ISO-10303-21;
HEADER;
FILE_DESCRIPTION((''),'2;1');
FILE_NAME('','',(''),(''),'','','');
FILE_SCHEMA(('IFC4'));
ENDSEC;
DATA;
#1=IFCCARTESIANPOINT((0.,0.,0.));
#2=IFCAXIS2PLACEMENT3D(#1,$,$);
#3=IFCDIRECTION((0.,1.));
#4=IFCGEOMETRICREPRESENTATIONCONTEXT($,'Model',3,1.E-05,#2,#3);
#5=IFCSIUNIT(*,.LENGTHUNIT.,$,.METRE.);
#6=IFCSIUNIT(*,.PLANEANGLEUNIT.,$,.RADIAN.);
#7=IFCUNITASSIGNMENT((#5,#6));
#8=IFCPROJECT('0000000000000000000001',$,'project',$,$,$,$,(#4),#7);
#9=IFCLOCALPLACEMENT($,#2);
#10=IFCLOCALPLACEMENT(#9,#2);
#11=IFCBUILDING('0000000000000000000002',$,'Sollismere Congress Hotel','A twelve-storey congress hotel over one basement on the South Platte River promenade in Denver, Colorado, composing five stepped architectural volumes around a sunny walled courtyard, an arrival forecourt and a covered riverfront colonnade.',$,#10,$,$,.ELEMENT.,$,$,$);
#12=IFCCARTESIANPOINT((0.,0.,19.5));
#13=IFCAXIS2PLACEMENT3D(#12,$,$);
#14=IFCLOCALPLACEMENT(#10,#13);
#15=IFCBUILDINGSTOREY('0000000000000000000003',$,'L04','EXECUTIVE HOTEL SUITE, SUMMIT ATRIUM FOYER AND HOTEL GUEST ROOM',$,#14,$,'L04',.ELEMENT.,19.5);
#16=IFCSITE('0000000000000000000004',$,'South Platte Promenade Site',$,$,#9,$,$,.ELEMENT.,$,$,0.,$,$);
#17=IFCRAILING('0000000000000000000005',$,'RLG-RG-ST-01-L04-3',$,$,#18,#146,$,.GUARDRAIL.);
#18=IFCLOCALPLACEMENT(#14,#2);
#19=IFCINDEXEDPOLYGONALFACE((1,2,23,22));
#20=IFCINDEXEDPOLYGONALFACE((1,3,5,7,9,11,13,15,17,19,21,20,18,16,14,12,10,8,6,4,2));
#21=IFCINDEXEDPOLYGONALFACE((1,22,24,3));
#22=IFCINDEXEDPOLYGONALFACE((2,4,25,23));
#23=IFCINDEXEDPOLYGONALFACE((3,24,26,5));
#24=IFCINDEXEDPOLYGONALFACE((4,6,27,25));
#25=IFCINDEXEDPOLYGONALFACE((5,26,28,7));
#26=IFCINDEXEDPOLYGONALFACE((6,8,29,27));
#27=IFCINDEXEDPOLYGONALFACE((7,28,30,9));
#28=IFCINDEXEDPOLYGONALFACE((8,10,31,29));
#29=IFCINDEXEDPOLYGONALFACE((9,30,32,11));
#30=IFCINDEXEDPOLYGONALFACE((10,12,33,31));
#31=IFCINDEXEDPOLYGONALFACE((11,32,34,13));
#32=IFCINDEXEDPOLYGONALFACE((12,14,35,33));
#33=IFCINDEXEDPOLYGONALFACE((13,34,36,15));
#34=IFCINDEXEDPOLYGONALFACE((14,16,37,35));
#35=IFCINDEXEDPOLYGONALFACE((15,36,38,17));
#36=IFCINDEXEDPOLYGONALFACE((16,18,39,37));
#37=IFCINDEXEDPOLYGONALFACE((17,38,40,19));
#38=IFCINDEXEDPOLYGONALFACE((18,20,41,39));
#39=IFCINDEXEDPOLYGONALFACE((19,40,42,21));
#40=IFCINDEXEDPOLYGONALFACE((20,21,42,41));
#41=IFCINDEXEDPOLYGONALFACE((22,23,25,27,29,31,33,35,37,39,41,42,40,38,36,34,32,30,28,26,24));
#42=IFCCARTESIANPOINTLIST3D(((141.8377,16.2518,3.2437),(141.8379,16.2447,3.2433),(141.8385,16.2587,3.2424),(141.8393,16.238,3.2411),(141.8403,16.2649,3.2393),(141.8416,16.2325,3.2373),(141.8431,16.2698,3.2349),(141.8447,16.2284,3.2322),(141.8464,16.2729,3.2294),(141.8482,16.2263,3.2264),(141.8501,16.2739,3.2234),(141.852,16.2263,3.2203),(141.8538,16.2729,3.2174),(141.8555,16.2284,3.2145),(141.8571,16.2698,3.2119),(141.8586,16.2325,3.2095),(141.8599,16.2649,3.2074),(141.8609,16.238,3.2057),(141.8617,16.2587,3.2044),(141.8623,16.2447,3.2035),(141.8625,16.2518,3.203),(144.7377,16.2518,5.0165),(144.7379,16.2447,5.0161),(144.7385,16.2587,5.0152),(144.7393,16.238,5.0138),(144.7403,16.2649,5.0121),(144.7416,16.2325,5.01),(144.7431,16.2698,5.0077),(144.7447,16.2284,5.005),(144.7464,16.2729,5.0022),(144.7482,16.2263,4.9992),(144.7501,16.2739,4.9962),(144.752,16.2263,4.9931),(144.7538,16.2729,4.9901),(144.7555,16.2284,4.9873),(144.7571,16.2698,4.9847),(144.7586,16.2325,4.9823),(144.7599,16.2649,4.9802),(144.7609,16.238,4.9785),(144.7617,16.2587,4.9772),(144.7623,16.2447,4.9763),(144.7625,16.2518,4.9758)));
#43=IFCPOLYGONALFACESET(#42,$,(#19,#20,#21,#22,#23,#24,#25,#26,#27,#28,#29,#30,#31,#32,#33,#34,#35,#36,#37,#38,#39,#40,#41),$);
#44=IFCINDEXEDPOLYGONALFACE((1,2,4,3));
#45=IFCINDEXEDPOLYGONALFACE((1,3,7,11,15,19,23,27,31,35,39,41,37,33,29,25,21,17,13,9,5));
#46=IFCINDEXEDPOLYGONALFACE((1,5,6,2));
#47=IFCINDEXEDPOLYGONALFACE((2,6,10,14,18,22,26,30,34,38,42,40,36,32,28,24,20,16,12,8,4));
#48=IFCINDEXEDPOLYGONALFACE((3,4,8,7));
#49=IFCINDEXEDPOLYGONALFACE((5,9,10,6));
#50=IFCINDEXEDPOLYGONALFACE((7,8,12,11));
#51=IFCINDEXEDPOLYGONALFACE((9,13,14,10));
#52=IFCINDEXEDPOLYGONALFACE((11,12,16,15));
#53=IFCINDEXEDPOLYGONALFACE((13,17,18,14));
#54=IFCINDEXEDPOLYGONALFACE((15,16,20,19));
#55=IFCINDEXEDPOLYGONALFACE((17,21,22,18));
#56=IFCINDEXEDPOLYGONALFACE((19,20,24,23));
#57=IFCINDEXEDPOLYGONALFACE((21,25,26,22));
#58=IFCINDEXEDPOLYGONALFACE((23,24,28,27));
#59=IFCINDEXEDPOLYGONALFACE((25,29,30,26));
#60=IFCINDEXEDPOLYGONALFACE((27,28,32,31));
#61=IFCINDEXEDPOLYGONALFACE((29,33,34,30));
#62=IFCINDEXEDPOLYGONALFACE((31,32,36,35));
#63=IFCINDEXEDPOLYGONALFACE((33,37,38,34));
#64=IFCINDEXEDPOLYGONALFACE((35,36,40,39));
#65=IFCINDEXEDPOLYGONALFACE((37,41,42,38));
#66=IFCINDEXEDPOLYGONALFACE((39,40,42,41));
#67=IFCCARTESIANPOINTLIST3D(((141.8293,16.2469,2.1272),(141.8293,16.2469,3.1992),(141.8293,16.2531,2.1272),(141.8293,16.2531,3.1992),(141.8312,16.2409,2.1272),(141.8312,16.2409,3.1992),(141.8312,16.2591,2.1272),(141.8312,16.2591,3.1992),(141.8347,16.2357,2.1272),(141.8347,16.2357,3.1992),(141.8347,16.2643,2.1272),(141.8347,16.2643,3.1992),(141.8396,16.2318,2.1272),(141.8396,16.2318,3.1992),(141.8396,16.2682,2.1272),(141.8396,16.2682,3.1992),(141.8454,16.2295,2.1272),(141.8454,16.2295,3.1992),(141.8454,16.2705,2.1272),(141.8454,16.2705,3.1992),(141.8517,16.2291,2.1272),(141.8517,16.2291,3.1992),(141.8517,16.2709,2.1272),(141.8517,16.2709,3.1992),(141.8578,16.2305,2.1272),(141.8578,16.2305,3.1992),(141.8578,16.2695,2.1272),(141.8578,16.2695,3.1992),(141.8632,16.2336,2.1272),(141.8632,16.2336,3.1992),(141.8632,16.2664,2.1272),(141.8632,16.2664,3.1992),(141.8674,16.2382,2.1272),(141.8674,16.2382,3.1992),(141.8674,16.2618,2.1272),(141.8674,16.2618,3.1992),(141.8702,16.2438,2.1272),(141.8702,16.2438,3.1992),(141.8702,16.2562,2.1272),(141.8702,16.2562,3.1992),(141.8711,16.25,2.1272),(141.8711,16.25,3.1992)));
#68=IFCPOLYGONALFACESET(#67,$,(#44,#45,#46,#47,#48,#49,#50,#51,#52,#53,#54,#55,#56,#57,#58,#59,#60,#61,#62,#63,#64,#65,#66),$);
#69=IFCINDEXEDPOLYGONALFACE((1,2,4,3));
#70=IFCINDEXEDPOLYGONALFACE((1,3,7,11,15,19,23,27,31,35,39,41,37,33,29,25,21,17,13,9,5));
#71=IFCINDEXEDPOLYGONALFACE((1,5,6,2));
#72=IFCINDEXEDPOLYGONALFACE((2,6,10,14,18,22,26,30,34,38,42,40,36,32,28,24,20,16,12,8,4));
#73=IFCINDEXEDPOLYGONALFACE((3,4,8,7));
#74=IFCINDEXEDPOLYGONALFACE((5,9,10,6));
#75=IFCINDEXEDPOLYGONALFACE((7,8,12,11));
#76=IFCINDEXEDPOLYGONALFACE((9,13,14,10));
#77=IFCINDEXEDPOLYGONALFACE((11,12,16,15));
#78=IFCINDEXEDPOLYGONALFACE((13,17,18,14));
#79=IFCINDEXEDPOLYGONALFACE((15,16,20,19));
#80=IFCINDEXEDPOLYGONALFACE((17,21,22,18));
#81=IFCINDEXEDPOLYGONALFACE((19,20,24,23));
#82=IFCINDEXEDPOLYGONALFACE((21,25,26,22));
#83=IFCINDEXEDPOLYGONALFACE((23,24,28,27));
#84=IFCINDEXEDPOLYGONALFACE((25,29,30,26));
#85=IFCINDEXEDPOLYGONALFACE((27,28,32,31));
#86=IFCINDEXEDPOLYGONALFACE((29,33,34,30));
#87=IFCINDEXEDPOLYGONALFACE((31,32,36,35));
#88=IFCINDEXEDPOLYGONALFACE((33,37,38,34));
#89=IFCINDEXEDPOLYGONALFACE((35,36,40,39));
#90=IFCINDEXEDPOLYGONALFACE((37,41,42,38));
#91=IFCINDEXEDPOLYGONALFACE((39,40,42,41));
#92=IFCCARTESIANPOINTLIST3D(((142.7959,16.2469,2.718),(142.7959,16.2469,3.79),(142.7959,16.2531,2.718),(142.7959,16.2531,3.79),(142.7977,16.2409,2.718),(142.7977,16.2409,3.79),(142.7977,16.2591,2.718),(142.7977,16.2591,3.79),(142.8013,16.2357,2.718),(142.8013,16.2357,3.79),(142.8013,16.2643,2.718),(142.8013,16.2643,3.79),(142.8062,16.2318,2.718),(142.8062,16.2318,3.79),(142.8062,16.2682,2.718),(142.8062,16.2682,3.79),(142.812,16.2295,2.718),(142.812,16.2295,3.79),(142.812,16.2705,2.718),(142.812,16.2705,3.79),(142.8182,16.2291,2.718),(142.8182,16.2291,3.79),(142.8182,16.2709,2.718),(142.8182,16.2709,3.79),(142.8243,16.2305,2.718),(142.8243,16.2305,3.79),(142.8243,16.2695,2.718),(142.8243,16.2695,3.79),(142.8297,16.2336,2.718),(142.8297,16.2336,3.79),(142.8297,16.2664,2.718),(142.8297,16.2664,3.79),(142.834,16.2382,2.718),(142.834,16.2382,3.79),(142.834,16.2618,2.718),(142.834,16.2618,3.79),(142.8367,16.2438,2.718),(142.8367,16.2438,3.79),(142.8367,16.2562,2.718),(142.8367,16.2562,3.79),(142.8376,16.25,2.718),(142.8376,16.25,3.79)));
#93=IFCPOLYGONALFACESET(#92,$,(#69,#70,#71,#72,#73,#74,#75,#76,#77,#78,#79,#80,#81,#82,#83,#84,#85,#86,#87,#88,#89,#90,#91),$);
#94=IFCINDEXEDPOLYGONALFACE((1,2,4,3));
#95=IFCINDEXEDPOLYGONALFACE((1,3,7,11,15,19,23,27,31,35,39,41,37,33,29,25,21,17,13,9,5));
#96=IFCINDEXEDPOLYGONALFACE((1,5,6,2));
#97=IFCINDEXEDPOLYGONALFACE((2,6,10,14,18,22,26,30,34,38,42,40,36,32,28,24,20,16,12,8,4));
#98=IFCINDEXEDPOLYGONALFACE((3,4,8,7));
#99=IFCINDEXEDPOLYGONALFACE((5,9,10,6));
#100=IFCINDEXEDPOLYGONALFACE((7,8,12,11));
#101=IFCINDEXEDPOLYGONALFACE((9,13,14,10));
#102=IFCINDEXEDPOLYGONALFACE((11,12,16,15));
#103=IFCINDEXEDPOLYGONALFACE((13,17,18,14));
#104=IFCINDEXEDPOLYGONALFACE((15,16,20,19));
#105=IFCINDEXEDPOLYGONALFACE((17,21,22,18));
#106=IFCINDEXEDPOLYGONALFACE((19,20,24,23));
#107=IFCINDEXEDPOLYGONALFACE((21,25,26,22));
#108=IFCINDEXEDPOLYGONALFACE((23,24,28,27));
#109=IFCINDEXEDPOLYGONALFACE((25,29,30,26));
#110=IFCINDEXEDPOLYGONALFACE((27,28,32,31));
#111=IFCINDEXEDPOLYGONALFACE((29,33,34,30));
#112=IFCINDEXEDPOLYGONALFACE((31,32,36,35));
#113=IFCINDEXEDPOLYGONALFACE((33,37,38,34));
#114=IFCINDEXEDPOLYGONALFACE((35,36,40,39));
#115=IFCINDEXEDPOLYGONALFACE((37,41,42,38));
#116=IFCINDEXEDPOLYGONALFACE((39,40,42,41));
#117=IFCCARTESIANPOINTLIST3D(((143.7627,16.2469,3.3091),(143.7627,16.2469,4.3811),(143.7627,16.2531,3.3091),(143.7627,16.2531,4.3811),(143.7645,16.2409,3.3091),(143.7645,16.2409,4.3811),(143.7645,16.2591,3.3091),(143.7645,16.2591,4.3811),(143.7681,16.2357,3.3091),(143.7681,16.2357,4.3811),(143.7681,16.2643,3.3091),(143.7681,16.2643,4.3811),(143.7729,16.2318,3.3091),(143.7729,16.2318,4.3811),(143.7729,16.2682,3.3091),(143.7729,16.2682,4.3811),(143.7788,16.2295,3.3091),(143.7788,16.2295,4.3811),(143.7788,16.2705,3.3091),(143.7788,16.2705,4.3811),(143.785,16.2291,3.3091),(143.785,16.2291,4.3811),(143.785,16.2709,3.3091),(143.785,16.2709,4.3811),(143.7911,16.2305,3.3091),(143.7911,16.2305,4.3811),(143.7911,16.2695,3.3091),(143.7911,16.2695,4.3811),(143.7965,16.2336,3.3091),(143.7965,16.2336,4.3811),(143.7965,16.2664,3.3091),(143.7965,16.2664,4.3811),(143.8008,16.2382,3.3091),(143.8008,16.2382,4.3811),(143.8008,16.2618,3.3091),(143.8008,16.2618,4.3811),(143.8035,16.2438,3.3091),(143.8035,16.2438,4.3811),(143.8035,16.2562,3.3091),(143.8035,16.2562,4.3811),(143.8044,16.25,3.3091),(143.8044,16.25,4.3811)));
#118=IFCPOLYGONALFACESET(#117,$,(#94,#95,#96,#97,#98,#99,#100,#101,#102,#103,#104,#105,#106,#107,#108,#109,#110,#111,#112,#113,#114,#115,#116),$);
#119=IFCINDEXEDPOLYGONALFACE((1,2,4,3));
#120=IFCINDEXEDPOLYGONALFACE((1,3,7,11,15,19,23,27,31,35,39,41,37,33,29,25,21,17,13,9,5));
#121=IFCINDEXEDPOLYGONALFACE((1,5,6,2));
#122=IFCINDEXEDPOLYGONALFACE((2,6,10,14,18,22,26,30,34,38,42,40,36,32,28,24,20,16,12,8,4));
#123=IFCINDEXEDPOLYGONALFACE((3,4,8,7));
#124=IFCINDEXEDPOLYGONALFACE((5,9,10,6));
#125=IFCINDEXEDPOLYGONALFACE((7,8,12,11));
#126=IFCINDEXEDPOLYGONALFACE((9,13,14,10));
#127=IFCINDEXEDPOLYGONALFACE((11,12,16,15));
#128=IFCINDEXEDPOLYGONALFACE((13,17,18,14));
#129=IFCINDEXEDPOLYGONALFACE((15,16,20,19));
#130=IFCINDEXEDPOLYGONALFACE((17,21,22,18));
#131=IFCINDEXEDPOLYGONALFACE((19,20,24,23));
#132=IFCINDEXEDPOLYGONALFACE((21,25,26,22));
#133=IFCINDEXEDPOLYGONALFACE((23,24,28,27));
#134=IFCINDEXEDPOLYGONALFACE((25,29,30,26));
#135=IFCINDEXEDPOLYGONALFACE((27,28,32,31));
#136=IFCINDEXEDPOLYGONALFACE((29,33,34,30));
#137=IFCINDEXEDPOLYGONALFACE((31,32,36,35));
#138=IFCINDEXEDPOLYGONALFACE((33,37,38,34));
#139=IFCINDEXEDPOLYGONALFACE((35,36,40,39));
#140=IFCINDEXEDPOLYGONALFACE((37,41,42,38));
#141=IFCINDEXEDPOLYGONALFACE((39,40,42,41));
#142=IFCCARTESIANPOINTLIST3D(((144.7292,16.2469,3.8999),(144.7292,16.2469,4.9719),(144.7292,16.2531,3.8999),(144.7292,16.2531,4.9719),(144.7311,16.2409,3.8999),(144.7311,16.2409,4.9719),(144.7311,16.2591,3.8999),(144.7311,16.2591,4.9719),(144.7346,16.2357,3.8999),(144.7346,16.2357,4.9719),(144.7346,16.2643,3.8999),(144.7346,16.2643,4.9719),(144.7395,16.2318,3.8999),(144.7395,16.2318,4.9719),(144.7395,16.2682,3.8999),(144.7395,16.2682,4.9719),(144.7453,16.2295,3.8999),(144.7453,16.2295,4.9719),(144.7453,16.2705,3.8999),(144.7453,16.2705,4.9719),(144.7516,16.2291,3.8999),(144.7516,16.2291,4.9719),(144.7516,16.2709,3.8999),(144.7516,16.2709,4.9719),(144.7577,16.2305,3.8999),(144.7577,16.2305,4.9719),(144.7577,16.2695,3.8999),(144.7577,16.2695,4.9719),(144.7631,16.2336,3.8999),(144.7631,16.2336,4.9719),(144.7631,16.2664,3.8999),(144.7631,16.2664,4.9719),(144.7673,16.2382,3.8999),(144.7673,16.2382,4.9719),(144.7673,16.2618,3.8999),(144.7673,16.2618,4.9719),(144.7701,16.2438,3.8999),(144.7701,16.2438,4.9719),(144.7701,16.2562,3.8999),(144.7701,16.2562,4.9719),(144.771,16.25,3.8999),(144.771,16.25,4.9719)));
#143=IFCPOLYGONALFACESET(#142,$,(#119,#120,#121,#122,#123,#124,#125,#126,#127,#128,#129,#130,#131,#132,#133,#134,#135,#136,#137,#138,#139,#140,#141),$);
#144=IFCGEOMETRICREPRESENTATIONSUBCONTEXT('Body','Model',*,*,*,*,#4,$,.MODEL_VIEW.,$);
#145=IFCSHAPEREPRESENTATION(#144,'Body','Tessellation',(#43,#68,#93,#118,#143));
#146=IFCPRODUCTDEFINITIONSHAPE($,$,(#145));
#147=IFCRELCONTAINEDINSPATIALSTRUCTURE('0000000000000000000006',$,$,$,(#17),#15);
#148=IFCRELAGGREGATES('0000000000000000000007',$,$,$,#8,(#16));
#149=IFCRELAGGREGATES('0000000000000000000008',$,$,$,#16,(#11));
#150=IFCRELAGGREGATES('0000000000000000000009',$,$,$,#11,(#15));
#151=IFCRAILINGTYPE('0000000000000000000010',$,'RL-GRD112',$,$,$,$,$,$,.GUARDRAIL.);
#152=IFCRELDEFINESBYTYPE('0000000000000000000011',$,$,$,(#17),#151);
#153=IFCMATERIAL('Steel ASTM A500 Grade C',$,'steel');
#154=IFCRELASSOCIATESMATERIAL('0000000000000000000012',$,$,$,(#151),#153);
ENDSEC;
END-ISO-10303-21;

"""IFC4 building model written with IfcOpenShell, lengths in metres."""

from ifc_helpers import new_model, si_unit, direction, frame, origin, origin_2d, place, context, subcontext, project, spatial, circle, extrude, material, type_object, element, save


model = new_model("IFC4")

# Units and contexts
model_context = context("Model", 3, precision=1e-05, world=origin(), true_north=direction((0.0, 1.0)))
body_context = subcontext(model_context, "Body", "Model", "MODEL_VIEW")
ifc_project = project(units=[si_unit("LENGTHUNIT", "METRE"), si_unit("PLANEANGLEUNIT", "RADIAN")], contexts=[model_context])

# Site, building, storey
site_placement = place(None, origin())
site = spatial("IfcSite", under=ifc_project, at=site_placement, Name="South Platte Promenade Site", CompositionType="ELEMENT", RefElevation=0.0)
building_placement = place(site_placement, origin())
building = spatial("IfcBuilding", under=site, at=building_placement, Name="Sollismere Congress Hotel", Description="A twelve-storey congress hotel over one basement on the South Platte River promenade in Denver, Colorado, composing five stepped architectural volumes around a sunny walled courtyard, an arrival forecourt and a covered riverfront colonnade.", CompositionType="ELEMENT")
storey_placement = place(building_placement, frame((0.0, 0.0, 19.5)))
storey = spatial("IfcBuildingStorey", under=building, at=storey_placement, Name="L04", Description="EXECUTIVE HOTEL SUITE, SUMMIT ATRIUM FOYER AND HOTEL GUEST ROOM", LongName="L04", CompositionType="ELEMENT", Elevation=19.5)

# Railing
ifc_material_1 = material(Name="Steel ASTM A500 Grade C", Category="steel")
railing_type_1 = type_object("IfcRailingType", Name="RL-GRD112", PredefinedType="GUARDRAIL", material=ifc_material_1)
railing_1_placement = place(storey_placement, frame((141.8501, 16.25, 2.1272)))
element("IfcRailing", 1, at=railing_1_placement, inside=storey, type_object=railing_type_1, Name="RLG-RG-ST-01-L04-3", PredefinedType="GUARDRAIL", context=body_context, shape_type="SweptSolid", body=[
    extrude(circle(Radius=0.0239, at=origin_2d()), frame((0.0, 0.0, 1.0962), z_axis=(0.853211, 0.0, 0.521566), x_axis=(0.0, 1.0, 0.0)), (0.0, 0.0, 1.0), 3.3989),
    extrude(circle(Radius=0.021, at=origin_2d()), origin(), (0.0, 0.0, 1.0), 1.072),
    extrude(circle(Radius=0.021, at=origin_2d()), frame((0.9666, 0.0, 0.5908)), (0.0, 0.0, 1.0), 1.072),
    extrude(circle(Radius=0.021, at=origin_2d()), frame((1.9333, 0.0, 1.1819)), (0.0, 0.0, 1.0), 1.072),
    extrude(circle(Radius=0.021, at=origin_2d()), frame((2.8999, 0.0, 1.7727)), (0.0, 0.0, 1.0), 1.072),
])

save(model, "model.ifc")
